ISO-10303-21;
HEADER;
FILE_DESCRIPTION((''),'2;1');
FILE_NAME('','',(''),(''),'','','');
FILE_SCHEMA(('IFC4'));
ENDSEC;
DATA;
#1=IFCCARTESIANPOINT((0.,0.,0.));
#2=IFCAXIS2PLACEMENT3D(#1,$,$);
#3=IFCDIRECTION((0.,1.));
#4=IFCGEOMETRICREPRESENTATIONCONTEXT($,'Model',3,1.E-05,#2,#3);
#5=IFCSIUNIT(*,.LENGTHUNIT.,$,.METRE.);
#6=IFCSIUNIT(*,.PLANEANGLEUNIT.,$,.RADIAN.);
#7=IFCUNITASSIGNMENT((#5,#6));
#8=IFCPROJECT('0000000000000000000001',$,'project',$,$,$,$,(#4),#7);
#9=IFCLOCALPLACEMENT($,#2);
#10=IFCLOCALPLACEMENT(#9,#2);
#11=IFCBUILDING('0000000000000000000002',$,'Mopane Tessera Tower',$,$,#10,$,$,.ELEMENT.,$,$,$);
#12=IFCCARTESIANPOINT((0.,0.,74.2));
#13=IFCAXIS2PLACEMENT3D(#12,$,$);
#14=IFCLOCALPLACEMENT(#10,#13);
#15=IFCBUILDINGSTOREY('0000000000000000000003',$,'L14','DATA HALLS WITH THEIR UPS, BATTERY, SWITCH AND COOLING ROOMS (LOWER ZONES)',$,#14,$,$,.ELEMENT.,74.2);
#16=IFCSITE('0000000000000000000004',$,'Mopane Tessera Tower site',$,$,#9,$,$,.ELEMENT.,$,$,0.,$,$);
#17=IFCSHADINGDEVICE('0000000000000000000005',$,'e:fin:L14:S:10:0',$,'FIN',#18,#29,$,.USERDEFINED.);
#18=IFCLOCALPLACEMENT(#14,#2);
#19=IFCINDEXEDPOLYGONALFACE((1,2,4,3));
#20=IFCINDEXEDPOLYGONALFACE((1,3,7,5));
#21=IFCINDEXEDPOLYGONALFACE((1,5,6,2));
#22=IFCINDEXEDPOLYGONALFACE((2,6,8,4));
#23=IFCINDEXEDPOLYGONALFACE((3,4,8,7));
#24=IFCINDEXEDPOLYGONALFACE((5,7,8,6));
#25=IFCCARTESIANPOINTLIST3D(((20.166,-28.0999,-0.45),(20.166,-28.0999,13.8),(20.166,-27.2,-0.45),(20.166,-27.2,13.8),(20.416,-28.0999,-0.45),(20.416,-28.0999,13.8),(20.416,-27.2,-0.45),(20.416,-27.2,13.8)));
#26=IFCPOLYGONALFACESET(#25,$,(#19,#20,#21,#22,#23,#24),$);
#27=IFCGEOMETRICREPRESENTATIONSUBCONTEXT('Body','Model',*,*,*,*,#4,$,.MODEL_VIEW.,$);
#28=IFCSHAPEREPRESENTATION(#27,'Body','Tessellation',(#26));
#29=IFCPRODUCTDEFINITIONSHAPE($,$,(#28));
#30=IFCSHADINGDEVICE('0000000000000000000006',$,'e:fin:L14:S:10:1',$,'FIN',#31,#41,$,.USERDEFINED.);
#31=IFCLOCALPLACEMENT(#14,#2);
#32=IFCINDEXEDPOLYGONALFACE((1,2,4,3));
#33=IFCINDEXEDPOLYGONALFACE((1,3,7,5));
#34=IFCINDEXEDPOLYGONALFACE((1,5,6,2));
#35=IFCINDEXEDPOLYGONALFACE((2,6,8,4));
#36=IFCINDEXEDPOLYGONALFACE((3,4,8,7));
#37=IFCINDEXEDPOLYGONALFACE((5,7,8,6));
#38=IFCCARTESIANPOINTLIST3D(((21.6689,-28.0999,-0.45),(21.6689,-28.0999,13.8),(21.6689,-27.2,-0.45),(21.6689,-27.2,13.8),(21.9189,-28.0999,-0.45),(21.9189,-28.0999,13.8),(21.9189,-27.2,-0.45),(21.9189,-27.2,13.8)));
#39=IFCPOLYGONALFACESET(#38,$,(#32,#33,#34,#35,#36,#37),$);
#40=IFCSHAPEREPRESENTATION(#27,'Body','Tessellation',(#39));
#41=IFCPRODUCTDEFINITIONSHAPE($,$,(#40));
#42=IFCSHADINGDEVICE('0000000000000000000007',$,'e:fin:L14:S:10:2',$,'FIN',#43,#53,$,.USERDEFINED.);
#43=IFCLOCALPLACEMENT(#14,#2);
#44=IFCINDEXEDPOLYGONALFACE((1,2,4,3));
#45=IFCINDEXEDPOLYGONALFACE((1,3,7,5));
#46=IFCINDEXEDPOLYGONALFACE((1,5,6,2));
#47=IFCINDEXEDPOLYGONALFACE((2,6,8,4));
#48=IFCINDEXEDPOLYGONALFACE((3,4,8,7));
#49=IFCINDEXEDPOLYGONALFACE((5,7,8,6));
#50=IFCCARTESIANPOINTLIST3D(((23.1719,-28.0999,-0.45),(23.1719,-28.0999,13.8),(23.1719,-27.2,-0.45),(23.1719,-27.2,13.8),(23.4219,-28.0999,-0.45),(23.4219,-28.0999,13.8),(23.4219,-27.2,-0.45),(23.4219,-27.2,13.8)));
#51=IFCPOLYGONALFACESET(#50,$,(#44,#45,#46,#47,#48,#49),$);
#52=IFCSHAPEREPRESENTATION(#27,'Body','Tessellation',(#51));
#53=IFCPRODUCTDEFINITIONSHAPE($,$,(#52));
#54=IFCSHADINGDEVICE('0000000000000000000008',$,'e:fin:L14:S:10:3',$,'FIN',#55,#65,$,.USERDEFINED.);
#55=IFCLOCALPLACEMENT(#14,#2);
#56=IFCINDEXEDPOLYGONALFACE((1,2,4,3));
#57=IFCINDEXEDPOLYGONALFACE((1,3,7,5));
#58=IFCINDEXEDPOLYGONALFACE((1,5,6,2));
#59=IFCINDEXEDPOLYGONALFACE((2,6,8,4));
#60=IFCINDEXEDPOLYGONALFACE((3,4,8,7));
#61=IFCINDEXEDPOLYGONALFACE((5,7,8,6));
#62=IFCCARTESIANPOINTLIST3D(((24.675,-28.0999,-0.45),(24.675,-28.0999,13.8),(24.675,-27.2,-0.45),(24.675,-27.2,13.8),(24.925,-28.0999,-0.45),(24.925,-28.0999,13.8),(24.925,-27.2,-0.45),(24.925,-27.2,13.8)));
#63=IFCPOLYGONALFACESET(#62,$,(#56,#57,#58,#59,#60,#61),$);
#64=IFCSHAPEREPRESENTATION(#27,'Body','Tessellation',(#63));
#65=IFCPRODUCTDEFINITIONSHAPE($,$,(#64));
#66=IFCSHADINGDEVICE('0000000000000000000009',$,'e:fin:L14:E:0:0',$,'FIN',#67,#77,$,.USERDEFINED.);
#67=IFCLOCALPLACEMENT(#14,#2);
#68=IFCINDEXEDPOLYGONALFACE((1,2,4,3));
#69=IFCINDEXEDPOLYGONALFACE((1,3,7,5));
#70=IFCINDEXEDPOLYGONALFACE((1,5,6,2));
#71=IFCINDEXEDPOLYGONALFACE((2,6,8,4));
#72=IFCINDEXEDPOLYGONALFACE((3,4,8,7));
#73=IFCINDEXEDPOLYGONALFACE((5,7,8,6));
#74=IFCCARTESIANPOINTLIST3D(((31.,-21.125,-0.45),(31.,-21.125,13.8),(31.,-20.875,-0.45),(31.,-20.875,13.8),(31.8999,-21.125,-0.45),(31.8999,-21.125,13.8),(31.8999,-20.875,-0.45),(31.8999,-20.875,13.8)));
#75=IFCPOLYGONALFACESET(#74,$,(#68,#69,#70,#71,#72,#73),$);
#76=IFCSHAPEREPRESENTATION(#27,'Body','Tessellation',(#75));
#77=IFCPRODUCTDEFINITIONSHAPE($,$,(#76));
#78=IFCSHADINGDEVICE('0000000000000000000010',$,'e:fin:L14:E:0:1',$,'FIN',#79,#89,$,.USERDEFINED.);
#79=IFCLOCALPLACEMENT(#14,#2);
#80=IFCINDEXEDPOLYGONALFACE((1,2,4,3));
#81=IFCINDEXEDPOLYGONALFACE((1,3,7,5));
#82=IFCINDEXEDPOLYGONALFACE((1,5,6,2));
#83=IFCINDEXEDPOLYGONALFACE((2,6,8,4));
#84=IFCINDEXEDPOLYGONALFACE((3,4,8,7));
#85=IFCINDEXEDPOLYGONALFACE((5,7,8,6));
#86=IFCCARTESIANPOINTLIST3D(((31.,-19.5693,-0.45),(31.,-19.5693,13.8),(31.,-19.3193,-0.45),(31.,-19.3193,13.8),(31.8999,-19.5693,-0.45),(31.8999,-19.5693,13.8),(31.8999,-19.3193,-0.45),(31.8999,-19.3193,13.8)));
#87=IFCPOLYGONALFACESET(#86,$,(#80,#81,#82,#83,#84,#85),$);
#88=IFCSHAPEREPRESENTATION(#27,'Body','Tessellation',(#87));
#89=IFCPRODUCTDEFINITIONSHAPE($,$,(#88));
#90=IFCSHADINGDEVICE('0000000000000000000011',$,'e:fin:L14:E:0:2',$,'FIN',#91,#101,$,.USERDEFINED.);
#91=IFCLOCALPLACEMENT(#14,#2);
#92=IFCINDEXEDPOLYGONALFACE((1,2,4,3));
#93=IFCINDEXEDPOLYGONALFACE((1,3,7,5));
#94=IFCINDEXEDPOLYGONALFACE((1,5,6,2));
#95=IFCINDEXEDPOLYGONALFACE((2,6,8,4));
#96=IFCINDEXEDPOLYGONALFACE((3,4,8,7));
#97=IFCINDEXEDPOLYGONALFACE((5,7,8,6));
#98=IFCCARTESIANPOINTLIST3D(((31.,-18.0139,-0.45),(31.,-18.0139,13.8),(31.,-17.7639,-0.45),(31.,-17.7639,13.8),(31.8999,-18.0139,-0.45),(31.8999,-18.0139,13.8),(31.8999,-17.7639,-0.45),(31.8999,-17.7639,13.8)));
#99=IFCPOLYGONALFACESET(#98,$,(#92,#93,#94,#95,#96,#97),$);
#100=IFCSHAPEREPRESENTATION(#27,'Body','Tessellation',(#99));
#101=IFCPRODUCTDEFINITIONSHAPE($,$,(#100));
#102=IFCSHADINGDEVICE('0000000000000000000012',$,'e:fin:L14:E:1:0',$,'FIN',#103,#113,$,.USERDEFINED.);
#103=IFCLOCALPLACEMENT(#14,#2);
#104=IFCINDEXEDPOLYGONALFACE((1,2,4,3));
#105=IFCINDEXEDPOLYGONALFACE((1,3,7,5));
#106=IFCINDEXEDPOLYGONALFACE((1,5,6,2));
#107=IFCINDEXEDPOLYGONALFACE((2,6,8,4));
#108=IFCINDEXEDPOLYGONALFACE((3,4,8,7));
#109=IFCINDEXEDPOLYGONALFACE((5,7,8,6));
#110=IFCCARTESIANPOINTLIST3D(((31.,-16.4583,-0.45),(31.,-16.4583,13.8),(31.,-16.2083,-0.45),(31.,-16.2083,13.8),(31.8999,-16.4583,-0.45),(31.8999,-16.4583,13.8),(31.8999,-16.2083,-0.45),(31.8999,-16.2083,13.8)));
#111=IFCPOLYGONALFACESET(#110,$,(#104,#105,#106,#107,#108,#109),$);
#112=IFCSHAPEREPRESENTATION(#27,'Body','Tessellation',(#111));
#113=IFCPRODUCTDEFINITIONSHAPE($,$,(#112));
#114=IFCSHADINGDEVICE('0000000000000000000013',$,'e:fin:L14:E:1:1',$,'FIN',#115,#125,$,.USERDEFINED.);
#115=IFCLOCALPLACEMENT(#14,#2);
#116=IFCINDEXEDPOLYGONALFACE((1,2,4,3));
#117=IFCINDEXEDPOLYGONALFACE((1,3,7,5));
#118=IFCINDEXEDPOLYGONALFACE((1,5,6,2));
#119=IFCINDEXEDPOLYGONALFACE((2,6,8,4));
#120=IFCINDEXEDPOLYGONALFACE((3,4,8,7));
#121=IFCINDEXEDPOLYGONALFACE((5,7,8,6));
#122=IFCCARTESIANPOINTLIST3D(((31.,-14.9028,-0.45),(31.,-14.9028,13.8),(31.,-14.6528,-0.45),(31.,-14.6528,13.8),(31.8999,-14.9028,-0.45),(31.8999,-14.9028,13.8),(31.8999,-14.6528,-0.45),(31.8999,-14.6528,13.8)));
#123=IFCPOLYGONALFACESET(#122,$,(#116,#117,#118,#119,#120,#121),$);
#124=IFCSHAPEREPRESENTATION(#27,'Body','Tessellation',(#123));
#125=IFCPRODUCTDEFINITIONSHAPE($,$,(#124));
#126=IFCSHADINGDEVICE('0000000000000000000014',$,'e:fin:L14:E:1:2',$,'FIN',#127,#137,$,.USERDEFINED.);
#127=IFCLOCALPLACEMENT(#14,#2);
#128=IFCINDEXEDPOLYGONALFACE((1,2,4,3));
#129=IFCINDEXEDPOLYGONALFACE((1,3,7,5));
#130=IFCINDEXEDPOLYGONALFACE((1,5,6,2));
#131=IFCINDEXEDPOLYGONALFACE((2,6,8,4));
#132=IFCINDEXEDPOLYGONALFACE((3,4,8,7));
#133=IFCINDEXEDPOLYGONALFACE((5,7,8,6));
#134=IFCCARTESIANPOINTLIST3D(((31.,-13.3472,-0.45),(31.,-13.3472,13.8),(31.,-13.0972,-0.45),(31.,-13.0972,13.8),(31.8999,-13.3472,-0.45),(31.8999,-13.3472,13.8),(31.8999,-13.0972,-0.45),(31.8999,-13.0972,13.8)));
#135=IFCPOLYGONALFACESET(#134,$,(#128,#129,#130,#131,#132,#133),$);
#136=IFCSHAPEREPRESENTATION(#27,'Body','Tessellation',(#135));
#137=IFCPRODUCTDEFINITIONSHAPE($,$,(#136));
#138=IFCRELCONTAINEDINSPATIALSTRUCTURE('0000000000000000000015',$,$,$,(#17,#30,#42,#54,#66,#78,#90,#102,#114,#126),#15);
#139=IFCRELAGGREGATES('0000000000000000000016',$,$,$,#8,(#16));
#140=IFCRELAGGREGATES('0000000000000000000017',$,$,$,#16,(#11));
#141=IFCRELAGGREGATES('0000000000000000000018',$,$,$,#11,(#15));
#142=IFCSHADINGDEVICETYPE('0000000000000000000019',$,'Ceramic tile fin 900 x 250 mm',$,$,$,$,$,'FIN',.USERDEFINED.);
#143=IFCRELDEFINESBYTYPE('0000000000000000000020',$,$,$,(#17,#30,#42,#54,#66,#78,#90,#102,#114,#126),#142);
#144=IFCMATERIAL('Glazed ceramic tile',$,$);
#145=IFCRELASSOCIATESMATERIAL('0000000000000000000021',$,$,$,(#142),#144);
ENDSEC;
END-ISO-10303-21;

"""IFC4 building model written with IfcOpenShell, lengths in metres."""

from ifc_helpers import new_model, si_unit, direction, frame, origin, origin_2d, place, context, subcontext, project, spatial, rectangle, extrude, material, type_object, element, save


model = new_model("IFC4")

# Units and contexts
model_context = context("Model", 3, precision=1e-05, world=origin(), true_north=direction((0.0, 1.0)))
body_context = subcontext(model_context, "Body", "Model", "MODEL_VIEW")
ifc_project = project(units=[si_unit("LENGTHUNIT", "METRE"), si_unit("PLANEANGLEUNIT", "RADIAN")], contexts=[model_context])

# Site, building, storey
site_placement = place(None, origin())
site = spatial("IfcSite", under=ifc_project, at=site_placement, Name="Mopane Tessera Tower site", CompositionType="ELEMENT", RefElevation=0.0)
building_placement = place(site_placement, origin())
building = spatial("IfcBuilding", under=site, at=building_placement, Name="Mopane Tessera Tower", CompositionType="ELEMENT")
storey_placement = place(building_placement, frame((0.0, 0.0, 74.2)))
storey = spatial("IfcBuildingStorey", under=building, at=storey_placement, Name="L14", Description="DATA HALLS WITH THEIR UPS, BATTERY, SWITCH AND COOLING ROOMS (LOWER ZONES)", CompositionType="ELEMENT", Elevation=74.2)

# Shading devices
ifc_material_1 = material(Name="Glazed ceramic tile")
shading_device_type = type_object("IfcShadingDeviceType", Name="Ceramic tile fin 900 x 250 mm", ElementType="FIN", PredefinedType="USERDEFINED", material=ifc_material_1)
for number, where, z_axis, x_axis, name in (
    (1, (20.291, -27.6499, -0.45), (0.0, 0.0, 1.0), (1.0, 0.0, 0.0), "e:fin:L14:S:10:0"),
    (2, (21.7939, -27.6499, -0.45), (0.0, 0.0, 1.0), (1.0, 0.0, 0.0), "e:fin:L14:S:10:1"),
    (3, (23.2969, -27.6499, -0.45), (0.0, 0.0, 1.0), (1.0, 0.0, 0.0), "e:fin:L14:S:10:2"),
    (4, (24.8, -27.6499, -0.45), (0.0, 0.0, 1.0), (1.0, 0.0, 0.0), "e:fin:L14:S:10:3"),
    (5, (31.45, -21.0, -0.45), (0.0, 0.0, 1.0), (0.0, 1.0, 0.0), "e:fin:L14:E:0:0"),
    (6, (31.45, -19.4443, -0.45), (0.0, 0.0, 1.0), (0.0, 1.0, 0.0), "e:fin:L14:E:0:1"),
    (7, (31.45, -17.8889, -0.45), (0.0, 0.0, 1.0), (0.0, 1.0, 0.0), "e:fin:L14:E:0:2"),
    (8, (31.45, -16.3333, -0.45), (0.0, 0.0, 1.0), (0.0, 1.0, 0.0), "e:fin:L14:E:1:0"),
    (9, (31.45, -14.7778, -0.45), (0.0, 0.0, 1.0), (0.0, 1.0, 0.0), "e:fin:L14:E:1:1"),
    (10, (31.45, -13.2222, -0.45), (0.0, 0.0, 1.0), (0.0, 1.0, 0.0), "e:fin:L14:E:1:2"),
):
    element("IfcShadingDevice", number, at=place(storey_placement, frame(where, z_axis=z_axis, x_axis=x_axis)), inside=storey, type_object=shading_device_type, Name=name, ObjectType="FIN", PredefinedType="USERDEFINED", context=body_context, shape_type="SweptSolid", body=[
        extrude(rectangle(XDim=0.25, YDim=0.8999, at=origin_2d()), origin(), (0.0, 0.0, 1.0), 14.25),
    ])

save(model, "model.ifc")
